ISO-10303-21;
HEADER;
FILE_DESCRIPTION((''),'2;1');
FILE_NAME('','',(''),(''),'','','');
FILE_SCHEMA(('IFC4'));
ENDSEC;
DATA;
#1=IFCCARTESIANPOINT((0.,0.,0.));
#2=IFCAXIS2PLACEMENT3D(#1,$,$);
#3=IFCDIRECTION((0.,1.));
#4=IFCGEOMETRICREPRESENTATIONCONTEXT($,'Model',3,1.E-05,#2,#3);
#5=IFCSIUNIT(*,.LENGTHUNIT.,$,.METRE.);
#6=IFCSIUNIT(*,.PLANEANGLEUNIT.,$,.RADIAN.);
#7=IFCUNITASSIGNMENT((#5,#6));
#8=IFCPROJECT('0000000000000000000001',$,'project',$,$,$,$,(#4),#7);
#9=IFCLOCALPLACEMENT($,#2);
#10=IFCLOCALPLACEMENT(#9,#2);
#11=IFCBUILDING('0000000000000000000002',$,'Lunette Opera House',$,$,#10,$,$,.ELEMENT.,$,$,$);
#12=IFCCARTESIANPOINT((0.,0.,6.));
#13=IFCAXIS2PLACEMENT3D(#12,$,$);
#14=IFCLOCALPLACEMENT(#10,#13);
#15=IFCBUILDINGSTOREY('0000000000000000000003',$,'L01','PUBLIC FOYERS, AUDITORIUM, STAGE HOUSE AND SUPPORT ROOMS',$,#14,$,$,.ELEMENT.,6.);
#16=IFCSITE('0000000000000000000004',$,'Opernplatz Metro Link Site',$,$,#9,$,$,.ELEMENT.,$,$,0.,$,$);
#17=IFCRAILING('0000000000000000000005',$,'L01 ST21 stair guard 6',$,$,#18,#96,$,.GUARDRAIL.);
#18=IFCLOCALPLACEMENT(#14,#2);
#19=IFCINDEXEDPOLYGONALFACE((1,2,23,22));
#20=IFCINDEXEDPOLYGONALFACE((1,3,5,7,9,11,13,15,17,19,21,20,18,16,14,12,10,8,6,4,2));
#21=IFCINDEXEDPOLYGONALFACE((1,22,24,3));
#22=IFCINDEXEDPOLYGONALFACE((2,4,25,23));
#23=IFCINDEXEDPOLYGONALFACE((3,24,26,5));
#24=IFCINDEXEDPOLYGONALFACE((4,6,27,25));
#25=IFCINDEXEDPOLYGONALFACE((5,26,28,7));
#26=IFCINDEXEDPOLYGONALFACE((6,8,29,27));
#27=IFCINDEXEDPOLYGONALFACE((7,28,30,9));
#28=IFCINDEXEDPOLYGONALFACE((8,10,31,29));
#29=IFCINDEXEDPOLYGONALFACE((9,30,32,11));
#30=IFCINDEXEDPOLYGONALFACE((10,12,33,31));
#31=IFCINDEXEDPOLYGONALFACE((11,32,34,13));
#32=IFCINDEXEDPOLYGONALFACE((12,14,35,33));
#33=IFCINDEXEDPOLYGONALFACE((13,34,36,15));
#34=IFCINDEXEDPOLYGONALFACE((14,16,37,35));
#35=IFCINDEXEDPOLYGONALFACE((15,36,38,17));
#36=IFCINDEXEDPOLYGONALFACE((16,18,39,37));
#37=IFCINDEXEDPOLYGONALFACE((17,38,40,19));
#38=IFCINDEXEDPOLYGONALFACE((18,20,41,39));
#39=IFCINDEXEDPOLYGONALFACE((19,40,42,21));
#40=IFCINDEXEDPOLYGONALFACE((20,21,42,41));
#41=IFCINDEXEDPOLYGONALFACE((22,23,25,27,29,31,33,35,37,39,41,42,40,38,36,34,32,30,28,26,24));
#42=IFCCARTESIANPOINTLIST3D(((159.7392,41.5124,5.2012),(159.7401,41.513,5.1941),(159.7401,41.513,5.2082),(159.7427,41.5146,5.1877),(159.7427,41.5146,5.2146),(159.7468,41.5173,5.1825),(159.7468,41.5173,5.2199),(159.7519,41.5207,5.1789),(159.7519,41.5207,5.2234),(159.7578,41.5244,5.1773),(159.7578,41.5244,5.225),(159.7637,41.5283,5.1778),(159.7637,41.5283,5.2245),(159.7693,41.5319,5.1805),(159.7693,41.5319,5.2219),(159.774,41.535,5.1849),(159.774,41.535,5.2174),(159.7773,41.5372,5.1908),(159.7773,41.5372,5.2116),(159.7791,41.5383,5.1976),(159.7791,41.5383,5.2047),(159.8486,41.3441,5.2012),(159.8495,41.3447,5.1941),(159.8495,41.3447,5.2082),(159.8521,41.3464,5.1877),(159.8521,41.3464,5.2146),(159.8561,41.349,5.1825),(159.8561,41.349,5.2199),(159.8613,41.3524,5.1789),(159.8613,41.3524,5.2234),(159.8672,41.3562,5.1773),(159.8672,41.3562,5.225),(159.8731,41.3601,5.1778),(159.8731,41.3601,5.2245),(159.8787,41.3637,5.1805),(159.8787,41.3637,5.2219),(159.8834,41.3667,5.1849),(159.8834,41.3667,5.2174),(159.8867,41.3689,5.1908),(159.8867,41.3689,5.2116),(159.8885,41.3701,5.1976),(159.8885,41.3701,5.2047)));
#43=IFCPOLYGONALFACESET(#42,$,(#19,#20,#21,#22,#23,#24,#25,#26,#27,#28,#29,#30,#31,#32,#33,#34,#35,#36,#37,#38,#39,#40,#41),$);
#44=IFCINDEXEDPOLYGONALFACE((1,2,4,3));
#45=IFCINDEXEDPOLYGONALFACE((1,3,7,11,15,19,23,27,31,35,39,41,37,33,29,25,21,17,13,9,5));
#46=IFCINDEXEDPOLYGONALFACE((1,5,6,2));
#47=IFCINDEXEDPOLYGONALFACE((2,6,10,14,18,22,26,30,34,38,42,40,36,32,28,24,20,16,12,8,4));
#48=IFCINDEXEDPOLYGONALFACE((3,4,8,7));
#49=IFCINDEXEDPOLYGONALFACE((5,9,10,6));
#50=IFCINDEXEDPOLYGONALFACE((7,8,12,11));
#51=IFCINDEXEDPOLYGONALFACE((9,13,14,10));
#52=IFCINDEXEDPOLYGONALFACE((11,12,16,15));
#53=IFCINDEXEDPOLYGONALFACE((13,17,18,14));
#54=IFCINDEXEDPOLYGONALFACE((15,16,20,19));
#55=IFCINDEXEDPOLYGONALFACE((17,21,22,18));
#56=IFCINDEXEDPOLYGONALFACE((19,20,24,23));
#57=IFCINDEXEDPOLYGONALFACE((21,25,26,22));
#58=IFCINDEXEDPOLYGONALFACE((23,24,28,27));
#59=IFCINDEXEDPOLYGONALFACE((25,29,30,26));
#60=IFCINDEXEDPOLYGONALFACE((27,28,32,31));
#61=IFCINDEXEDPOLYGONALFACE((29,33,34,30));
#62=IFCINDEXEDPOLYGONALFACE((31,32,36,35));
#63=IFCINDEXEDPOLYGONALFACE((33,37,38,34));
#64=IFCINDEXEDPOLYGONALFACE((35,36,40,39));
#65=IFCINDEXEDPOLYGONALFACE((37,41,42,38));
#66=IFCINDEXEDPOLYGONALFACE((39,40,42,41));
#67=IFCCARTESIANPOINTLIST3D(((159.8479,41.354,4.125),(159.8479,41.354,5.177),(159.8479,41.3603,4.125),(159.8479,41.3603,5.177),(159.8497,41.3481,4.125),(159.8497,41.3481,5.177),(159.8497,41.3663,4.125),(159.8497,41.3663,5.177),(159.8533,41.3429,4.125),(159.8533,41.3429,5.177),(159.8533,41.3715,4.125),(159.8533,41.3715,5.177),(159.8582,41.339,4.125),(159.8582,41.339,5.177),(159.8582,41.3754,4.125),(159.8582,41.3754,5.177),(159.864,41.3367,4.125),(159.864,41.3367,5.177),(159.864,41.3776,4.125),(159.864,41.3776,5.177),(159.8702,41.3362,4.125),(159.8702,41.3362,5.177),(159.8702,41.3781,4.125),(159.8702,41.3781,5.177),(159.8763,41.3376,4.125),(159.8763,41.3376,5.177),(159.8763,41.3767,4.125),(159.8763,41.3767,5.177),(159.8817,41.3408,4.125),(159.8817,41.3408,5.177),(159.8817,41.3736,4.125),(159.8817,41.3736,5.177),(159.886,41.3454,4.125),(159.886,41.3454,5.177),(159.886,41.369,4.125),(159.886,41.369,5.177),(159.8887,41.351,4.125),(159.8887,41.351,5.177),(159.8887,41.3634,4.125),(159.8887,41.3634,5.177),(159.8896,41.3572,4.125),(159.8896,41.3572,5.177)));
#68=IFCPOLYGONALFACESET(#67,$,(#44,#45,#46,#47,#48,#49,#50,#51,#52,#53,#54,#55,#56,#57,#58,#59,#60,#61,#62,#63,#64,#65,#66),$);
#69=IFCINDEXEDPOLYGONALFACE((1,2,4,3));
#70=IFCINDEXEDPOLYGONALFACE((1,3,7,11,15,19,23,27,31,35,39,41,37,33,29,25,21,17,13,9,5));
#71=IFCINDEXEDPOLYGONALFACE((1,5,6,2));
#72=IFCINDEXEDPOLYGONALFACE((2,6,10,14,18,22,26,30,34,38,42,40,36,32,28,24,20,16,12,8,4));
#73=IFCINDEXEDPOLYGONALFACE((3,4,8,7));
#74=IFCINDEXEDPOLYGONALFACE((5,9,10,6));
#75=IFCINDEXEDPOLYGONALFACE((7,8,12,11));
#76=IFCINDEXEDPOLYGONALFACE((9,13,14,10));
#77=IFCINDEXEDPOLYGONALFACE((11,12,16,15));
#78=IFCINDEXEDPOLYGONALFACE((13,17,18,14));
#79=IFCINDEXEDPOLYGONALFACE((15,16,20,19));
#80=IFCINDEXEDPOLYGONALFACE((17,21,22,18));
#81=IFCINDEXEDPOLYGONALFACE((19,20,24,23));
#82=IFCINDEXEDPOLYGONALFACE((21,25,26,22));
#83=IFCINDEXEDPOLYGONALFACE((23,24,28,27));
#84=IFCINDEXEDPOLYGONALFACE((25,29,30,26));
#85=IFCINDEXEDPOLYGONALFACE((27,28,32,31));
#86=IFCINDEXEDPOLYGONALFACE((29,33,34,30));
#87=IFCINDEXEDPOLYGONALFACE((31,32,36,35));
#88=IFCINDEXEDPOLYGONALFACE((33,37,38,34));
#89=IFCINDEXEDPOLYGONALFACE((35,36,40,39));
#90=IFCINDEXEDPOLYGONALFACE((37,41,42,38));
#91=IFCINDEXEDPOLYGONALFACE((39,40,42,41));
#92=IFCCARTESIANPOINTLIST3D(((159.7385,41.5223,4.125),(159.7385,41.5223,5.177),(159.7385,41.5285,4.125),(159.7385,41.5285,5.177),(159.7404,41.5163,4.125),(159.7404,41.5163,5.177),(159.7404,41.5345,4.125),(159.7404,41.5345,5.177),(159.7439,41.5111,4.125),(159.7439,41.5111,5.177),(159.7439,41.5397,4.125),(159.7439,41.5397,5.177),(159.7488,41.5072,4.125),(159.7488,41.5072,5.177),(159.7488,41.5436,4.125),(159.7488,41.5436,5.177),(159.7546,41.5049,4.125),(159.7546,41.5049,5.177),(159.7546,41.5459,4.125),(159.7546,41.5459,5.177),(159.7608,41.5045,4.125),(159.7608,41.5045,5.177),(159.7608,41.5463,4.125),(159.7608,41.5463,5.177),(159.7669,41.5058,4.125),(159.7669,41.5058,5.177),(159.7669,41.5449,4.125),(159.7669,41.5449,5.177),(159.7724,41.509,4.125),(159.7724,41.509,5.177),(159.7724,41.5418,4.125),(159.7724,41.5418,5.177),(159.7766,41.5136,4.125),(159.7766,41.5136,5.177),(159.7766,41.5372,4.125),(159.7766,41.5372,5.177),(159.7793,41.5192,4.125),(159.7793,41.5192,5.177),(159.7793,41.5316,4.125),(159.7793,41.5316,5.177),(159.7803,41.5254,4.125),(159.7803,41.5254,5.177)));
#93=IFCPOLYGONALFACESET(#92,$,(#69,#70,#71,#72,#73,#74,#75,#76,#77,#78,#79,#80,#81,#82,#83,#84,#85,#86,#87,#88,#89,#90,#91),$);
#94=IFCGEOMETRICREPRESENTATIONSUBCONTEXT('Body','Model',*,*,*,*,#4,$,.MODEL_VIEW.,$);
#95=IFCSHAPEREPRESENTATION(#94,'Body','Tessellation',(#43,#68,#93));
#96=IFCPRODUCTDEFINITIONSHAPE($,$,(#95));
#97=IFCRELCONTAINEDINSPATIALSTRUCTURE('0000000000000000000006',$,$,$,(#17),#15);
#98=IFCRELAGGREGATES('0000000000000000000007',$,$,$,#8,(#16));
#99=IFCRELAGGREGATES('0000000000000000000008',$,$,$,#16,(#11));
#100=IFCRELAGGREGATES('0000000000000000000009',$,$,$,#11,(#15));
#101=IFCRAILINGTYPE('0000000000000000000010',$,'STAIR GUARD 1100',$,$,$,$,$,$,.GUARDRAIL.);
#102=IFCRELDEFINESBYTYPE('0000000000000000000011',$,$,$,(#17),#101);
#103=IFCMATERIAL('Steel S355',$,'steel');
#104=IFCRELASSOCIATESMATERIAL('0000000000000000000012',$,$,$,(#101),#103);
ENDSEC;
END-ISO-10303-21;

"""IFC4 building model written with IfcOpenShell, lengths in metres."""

from ifc_helpers import new_model, si_unit, direction, frame, origin, origin_2d, place, context, subcontext, project, spatial, circle, extrude, material, type_object, element, save


model = new_model("IFC4")

# Units and contexts
model_context = context("Model", 3, precision=1e-05, world=origin(), true_north=direction((0.0, 1.0)))
body_context = subcontext(model_context, "Body", "Model", "MODEL_VIEW")
ifc_project = project(units=[si_unit("LENGTHUNIT", "METRE"), si_unit("PLANEANGLEUNIT", "RADIAN")], contexts=[model_context])

# Site, building, storey
site_placement = place(None, origin())
site = spatial("IfcSite", under=ifc_project, at=site_placement, Name="Opernplatz Metro Link Site", CompositionType="ELEMENT", RefElevation=0.0)
building_placement = place(site_placement, origin())
building = spatial("IfcBuilding", under=site, at=building_placement, Name="Lunette Opera House", CompositionType="ELEMENT")
storey_placement = place(building_placement, frame((0.0, 0.0, 6.0)))
storey = spatial("IfcBuildingStorey", under=building, at=storey_placement, Name="L01", Description="PUBLIC FOYERS, AUDITORIUM, STAGE HOUSE AND SUPPORT ROOMS", CompositionType="ELEMENT", Elevation=6.0)

# Railing
ifc_material_1 = material(Name="Steel S355", Category="steel")
railing_type_1 = type_object("IfcRailingType", Name="STAIR GUARD 1100", PredefinedType="GUARDRAIL", material=ifc_material_1)
railing_1_placement = place(storey_placement, frame((159.8687, 41.3572, 4.125)))
element("IfcRailing", 1, at=railing_1_placement, inside=storey, type_object=railing_type_1, Name="L01 ST21 stair guard 6", PredefinedType="GUARDRAIL", context=body_context, shape_type="SweptSolid", body=[
    extrude(circle(Radius=0.0239, at=origin_2d()), frame((0.0, 0.0, 1.0762), z_axis=(-0.545117, 0.83836, 0.0), x_axis=(-0.83836, -0.545117, 0.0)), (0.0, 0.0, 1.0), 0.2007),
    extrude(circle(Radius=0.021, at=origin_2d()), origin(), (0.0, 0.0, 1.0), 1.052),
    extrude(circle(Radius=0.021, at=origin_2d()), frame((-0.1094, 0.1682, 0.0)), (0.0, 0.0, 1.0), 1.052),
])

save(model, "model.ifc")
